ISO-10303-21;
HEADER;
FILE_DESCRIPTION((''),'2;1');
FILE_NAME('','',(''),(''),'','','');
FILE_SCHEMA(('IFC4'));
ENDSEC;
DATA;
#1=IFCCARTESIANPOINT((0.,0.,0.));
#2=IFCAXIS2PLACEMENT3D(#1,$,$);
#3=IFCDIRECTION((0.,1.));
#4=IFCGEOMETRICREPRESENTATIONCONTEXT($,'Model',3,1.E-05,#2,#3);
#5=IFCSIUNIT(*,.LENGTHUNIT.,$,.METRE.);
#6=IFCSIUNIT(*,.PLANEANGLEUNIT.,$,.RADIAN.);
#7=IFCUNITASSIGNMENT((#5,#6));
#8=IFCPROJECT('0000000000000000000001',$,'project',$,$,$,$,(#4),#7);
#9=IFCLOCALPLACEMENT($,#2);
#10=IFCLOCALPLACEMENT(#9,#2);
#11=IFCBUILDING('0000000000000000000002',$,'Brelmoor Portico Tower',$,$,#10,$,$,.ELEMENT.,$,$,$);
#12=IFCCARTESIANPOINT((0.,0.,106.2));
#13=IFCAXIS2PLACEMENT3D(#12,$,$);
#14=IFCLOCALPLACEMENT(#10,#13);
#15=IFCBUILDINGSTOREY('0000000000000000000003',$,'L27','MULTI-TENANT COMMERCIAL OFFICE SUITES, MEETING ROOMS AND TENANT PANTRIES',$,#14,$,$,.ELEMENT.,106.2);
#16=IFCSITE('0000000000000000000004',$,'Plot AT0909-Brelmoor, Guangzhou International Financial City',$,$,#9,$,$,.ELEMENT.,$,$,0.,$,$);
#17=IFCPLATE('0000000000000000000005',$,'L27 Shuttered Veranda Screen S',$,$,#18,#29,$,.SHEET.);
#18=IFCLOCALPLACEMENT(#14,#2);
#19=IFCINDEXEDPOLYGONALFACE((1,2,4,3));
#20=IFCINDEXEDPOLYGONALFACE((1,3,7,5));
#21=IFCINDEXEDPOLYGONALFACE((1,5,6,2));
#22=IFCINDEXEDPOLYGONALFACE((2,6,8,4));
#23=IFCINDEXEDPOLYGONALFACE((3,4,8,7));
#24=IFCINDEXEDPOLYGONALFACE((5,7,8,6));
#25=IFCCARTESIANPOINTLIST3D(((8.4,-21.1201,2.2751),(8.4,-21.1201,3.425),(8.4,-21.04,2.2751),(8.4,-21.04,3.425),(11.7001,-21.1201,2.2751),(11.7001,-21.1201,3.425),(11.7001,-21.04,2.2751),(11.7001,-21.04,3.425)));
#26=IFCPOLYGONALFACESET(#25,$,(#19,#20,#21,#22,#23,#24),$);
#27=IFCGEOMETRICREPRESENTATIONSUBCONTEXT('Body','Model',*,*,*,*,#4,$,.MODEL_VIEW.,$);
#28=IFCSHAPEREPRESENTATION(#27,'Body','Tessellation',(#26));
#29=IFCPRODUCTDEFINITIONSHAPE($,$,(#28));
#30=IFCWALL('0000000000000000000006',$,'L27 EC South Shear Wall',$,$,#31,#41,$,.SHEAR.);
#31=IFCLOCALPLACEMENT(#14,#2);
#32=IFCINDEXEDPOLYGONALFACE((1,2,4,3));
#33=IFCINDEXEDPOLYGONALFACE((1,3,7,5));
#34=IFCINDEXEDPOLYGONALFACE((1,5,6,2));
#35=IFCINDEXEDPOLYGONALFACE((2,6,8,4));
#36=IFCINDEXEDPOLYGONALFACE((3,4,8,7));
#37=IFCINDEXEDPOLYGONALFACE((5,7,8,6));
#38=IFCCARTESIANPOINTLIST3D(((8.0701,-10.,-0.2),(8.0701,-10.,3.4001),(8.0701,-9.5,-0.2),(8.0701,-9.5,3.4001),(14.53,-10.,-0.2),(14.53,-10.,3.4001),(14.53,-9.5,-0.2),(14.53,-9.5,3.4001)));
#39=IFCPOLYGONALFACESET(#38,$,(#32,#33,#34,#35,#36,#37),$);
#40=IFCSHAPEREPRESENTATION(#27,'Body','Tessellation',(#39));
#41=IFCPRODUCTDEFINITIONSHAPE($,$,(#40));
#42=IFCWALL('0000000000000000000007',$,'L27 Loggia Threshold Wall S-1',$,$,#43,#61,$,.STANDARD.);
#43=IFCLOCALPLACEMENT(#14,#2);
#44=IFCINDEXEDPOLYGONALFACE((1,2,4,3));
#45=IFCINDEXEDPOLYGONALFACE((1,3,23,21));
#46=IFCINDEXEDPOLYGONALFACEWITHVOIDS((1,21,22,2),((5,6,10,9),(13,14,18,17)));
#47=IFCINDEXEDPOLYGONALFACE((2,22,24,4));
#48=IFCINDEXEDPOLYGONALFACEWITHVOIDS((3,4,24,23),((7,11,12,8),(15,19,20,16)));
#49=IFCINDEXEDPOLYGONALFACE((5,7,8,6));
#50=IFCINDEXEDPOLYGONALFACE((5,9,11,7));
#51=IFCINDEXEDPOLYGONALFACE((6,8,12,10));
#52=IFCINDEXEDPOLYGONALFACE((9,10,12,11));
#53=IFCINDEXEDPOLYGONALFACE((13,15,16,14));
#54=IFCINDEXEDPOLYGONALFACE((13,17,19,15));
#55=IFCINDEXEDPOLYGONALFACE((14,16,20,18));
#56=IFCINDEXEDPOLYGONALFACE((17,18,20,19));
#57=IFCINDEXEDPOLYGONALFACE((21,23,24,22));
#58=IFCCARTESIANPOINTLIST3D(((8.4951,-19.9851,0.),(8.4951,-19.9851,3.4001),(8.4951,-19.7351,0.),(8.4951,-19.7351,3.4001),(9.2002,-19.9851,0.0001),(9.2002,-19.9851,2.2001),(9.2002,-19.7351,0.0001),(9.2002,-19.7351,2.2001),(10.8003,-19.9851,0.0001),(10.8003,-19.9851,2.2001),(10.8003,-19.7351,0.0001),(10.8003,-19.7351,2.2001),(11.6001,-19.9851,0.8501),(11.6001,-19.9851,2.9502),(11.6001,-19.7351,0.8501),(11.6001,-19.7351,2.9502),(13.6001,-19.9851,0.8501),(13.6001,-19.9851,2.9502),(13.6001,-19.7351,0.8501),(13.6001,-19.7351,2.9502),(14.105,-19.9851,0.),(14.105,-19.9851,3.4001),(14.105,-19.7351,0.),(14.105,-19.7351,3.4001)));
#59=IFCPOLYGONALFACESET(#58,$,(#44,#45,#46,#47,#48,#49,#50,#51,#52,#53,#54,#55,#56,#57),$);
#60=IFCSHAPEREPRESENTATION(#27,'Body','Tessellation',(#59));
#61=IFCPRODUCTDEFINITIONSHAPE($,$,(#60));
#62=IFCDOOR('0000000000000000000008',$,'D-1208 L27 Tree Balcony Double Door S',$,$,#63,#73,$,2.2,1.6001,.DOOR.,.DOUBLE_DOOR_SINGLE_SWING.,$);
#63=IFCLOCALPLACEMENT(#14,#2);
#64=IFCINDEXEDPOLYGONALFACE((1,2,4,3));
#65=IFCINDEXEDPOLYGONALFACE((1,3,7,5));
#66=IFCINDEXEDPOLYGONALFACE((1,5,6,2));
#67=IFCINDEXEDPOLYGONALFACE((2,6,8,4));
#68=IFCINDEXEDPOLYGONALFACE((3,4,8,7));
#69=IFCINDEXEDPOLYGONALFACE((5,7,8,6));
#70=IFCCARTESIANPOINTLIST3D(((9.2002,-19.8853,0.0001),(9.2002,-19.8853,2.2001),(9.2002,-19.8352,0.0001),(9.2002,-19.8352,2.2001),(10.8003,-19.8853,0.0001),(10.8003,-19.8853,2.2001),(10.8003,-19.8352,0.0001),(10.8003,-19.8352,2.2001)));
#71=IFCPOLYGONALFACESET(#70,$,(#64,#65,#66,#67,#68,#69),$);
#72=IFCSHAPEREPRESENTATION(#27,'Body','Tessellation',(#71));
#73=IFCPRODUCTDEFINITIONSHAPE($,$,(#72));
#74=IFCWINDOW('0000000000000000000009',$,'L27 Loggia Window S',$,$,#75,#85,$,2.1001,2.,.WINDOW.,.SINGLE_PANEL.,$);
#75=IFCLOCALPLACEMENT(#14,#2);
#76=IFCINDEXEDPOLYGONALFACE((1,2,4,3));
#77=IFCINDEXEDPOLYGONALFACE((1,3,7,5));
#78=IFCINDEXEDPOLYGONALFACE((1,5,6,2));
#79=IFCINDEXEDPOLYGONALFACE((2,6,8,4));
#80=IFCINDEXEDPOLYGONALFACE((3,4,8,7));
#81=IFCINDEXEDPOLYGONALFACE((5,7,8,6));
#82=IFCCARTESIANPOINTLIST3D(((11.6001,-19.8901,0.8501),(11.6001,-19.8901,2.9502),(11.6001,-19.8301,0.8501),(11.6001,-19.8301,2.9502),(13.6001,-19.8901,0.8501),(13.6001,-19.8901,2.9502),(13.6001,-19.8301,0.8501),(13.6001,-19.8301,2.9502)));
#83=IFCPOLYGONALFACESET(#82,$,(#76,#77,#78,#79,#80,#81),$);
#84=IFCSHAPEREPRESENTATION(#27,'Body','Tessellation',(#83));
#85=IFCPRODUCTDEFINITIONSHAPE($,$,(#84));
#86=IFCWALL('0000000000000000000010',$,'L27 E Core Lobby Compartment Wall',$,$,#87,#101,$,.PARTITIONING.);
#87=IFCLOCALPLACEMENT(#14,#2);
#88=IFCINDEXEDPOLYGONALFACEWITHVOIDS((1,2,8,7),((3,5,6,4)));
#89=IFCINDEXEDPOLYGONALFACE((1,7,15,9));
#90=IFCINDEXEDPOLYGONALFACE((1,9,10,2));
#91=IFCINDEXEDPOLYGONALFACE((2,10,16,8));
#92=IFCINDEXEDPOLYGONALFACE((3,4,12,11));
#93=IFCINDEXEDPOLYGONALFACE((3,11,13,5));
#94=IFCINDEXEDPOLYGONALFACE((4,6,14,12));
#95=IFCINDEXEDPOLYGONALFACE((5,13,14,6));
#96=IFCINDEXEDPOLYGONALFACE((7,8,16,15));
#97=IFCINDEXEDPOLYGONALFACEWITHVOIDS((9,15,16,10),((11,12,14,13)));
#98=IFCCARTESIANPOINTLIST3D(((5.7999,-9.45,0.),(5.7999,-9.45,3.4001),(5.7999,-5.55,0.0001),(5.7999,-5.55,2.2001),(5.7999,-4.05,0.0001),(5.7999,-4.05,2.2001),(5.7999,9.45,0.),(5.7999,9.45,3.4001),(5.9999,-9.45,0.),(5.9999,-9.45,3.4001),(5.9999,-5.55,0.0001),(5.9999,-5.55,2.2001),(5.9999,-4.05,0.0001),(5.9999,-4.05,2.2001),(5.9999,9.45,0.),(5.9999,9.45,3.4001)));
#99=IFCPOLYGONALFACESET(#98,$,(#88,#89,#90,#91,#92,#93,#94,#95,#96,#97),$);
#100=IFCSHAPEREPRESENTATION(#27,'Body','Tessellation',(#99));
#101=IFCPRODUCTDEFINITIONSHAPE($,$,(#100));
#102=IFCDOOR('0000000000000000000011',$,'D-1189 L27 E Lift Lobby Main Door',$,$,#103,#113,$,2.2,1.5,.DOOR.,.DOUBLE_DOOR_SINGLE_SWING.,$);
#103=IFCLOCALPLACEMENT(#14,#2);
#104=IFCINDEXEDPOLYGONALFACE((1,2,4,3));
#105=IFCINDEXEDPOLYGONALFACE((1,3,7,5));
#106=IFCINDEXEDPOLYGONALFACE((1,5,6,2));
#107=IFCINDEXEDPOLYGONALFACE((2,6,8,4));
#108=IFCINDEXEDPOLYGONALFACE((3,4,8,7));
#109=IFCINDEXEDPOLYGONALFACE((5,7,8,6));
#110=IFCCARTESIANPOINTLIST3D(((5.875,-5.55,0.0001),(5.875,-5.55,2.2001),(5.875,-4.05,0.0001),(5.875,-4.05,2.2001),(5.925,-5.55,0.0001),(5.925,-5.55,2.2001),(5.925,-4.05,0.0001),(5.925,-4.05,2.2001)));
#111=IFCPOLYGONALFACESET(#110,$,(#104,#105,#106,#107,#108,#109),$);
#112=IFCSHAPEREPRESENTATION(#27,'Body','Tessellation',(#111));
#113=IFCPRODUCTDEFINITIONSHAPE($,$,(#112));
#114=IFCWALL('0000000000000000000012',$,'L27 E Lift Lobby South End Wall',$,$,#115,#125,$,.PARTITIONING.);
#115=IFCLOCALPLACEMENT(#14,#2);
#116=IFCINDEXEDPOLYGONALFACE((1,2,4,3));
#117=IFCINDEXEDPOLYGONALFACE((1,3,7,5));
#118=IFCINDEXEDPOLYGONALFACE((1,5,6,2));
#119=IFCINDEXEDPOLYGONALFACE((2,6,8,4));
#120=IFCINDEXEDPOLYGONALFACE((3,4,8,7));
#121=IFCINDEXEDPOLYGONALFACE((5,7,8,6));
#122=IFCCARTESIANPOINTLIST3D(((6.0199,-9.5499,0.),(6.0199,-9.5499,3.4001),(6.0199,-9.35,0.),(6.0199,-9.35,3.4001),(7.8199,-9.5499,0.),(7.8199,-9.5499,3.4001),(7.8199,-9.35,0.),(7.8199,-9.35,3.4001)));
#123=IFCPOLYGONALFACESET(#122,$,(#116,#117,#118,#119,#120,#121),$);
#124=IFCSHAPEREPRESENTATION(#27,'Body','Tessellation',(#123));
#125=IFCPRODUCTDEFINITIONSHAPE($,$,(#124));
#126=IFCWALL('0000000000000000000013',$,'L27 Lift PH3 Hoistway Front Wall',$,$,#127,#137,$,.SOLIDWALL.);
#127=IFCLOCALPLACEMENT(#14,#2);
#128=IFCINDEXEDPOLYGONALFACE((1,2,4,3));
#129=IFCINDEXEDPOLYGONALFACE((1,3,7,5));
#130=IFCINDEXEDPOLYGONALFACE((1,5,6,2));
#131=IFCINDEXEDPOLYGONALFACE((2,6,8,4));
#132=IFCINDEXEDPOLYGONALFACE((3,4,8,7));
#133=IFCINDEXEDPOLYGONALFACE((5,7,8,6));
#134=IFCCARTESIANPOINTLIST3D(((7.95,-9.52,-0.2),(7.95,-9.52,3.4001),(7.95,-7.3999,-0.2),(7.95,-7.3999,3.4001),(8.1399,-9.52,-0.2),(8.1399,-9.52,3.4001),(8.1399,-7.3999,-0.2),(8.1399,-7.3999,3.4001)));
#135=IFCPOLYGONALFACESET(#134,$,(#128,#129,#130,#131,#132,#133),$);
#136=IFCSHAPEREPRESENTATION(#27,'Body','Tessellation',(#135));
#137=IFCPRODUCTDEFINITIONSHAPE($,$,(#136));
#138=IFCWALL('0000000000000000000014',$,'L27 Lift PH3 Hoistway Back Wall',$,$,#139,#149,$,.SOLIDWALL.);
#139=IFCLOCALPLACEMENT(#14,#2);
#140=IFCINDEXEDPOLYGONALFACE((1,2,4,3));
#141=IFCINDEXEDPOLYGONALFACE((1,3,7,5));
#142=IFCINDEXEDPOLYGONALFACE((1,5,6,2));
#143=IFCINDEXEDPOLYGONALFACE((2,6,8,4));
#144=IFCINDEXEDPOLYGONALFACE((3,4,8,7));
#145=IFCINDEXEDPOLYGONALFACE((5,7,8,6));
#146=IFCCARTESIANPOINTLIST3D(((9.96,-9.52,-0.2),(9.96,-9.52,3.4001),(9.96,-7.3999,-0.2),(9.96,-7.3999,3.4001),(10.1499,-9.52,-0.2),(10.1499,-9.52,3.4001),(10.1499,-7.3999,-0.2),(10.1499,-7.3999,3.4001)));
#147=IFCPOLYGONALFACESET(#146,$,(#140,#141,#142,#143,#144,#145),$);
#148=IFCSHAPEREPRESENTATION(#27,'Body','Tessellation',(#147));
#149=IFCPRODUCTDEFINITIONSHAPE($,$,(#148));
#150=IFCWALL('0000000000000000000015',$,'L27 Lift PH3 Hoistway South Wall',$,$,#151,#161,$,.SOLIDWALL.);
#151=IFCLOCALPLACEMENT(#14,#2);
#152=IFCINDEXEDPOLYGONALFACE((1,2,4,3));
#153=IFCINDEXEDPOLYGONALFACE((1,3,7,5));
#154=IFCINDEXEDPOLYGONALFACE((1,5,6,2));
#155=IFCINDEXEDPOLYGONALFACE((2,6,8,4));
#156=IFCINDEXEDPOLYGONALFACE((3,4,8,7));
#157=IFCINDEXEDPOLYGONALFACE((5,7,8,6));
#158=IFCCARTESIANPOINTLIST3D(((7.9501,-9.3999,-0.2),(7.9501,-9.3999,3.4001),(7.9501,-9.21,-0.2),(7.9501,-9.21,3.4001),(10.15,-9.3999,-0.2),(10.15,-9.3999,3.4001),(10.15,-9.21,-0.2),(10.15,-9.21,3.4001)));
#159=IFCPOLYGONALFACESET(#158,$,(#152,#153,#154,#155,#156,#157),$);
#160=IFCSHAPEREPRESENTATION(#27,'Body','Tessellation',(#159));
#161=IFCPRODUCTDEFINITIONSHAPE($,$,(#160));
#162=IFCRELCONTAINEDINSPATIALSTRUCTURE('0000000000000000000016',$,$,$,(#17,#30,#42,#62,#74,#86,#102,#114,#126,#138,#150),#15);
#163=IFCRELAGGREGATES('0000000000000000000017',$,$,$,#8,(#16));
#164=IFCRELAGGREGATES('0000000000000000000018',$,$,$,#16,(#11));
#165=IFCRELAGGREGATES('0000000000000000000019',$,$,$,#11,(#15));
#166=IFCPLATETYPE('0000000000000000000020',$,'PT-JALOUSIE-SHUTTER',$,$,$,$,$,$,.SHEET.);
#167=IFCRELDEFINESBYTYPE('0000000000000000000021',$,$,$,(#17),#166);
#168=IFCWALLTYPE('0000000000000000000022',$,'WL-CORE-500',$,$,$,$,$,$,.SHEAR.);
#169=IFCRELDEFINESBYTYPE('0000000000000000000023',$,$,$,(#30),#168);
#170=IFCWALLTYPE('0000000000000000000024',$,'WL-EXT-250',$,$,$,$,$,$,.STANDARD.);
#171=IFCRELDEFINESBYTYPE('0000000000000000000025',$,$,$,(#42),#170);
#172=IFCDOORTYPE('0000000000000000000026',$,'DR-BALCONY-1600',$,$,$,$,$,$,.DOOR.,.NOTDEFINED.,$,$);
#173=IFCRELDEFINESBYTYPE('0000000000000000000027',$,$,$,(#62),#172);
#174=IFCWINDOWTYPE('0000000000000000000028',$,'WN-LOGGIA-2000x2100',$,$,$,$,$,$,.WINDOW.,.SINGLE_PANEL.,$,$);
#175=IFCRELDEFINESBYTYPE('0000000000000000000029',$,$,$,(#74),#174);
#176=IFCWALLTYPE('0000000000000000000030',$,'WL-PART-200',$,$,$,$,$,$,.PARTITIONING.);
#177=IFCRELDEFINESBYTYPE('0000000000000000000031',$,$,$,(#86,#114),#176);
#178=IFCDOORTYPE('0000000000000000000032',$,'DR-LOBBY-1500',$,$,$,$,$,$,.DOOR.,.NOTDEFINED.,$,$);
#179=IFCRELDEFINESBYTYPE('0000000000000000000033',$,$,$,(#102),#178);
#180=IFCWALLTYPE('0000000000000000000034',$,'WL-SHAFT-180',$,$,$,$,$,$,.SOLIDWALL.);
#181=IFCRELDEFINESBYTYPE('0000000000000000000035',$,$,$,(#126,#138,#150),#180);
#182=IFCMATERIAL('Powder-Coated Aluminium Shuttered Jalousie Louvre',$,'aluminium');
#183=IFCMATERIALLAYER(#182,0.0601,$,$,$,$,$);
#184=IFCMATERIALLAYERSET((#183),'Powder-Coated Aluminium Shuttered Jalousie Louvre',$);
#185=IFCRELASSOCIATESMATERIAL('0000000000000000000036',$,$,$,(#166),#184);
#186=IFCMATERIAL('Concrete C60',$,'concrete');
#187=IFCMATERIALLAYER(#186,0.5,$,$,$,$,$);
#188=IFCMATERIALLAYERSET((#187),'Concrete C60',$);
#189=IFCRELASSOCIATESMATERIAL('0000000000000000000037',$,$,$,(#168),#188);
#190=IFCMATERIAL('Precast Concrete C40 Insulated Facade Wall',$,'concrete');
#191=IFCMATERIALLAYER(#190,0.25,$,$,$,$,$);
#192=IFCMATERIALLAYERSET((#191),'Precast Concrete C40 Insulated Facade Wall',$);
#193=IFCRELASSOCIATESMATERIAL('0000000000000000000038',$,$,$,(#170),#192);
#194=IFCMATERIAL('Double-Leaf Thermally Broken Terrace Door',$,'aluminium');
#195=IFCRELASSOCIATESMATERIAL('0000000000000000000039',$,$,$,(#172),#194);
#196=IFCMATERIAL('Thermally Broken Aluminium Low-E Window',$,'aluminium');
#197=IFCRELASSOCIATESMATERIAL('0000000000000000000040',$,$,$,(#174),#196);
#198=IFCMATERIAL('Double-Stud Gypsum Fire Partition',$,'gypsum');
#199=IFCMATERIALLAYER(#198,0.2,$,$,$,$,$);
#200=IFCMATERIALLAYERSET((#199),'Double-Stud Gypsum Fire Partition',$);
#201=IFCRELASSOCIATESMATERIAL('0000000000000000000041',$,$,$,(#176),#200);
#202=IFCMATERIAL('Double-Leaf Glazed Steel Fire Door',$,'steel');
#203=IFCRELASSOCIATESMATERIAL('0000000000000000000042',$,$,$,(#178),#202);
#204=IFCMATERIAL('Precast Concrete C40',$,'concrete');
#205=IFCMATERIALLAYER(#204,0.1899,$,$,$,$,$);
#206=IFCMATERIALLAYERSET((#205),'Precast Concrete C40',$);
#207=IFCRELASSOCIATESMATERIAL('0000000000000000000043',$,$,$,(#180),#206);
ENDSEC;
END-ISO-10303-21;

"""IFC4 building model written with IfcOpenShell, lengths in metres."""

from ifc_helpers import new_model, si_unit, direction, frame, frame_2d, origin, origin_2d, place, context, subcontext, project, spatial, rectangle, extrude, material, layer, layer_set, type_object, element, fill, save


model = new_model("IFC4")

# Units and contexts
model_context = context("Model", 3, precision=1e-05, world=origin(), true_north=direction((0.0, 1.0)))
body_context = subcontext(model_context, "Body", "Model", "MODEL_VIEW")
ifc_project = project(units=[si_unit("LENGTHUNIT", "METRE"), si_unit("PLANEANGLEUNIT", "RADIAN")], contexts=[model_context])

# Site, building, storey
site_placement = place(None, origin())
site = spatial("IfcSite", under=ifc_project, at=site_placement, Name="Plot AT0909-Brelmoor, Guangzhou International Financial City", CompositionType="ELEMENT", RefElevation=0.0)
building_placement = place(site_placement, origin())
building = spatial("IfcBuilding", under=site, at=building_placement, Name="Brelmoor Portico Tower", CompositionType="ELEMENT")
storey_placement = place(building_placement, frame((0.0, 0.0, 106.2)))
storey = spatial("IfcBuildingStorey", under=building, at=storey_placement, Name="L27", Description="MULTI-TENANT COMMERCIAL OFFICE SUITES, MEETING ROOMS AND TENANT PANTRIES", CompositionType="ELEMENT", Elevation=106.2)

# Plate
ifc_material_1 = material(Name="Powder-Coated Aluminium Shuttered Jalousie Louvre", Category="aluminium")
ifc_layer_1 = layer(ifc_material_1, 0.0601)
ifc_layer_set_1 = layer_set([ifc_layer_1], Name="Powder-Coated Aluminium Shuttered Jalousie Louvre")
plate_type_1 = type_object("IfcPlateType", Name="PT-JALOUSIE-SHUTTER", PredefinedType="SHEET", material=ifc_layer_set_1)
plate_1_placement = place(storey_placement, frame((10.05, -21.0801, 2.2751), z_axis=(0.0, 0.0, 1.0), x_axis=(1.0, 0.0, 0.0)))
element("IfcPlate", 1, at=plate_1_placement, inside=storey, type_object=plate_type_1, Name="L27 Shuttered Veranda Screen S", PredefinedType="SHEET", context=body_context, shape_type="SweptSolid", body=[
    extrude(rectangle(XDim=3.3, YDim=0.0801, at=origin_2d()), origin(), (0.0, 0.0, 1.0), 1.1499),
])

# Wall
ifc_material_2 = material(Name="Concrete C60", Category="concrete")
ifc_layer_2 = layer(ifc_material_2, 0.5)
ifc_layer_set_2 = layer_set([ifc_layer_2], Name="Concrete C60")
wall_type_1 = type_object("IfcWallType", Name="WL-CORE-500", PredefinedType="SHEAR", material=ifc_layer_set_2)
wall_1_placement = place(storey_placement, frame((8.0701, -9.75, -0.2), z_axis=(0.0, 0.0, 1.0), x_axis=(1.0, 0.0, 0.0)))
element("IfcWall", 2, at=wall_1_placement, inside=storey, type_object=wall_type_1, Name="L27 EC South Shear Wall", PredefinedType="SHEAR", context=body_context, shape_type="SweptSolid", body=[
    extrude(rectangle(XDim=6.46, YDim=0.5, at=frame_2d((3.23, 0.0))), origin(), (0.0, 0.0, 1.0), 3.6001),
])

# Wall, openings, door, window
ifc_material_3 = material(Name="Precast Concrete C40 Insulated Facade Wall", Category="concrete")
ifc_layer_3 = layer(ifc_material_3, 0.25)
ifc_layer_set_3 = layer_set([ifc_layer_3], Name="Precast Concrete C40 Insulated Facade Wall")
wall_type_2 = type_object("IfcWallType", Name="WL-EXT-250", PredefinedType="STANDARD", material=ifc_layer_set_3)
wall_2_placement = place(storey_placement, frame((8.4951, -19.8601, 0.0), z_axis=(0.0, 0.0, 1.0), x_axis=(1.0, 0.0, 0.0)))
wall_2 = element("IfcWall", 3, at=wall_2_placement, inside=storey, type_object=wall_type_2, Name="L27 Loggia Threshold Wall S-1", PredefinedType="STANDARD", context=body_context, shape_type="SweptSolid", body=[
    extrude(rectangle(XDim=5.6099, YDim=0.25, at=frame_2d((2.8049, 0.0))), origin(), (0.0, 0.0, 1.0), 3.4001),
])
opening_1_placement = place(wall_2_placement, frame((0.7051, 0.0, 0.0)))
opening_1 = element("IfcOpeningElement", 4, at=opening_1_placement, cuts=wall_2, PredefinedType="OPENING", context=body_context, shape_type="SweptSolid", body=[
    extrude(rectangle(XDim=1.6001, YDim=2.2, at=frame_2d((0.8, 1.1001))), frame((0.0, 0.135, 0.0), z_axis=(0.0, -1.0, 0.0), x_axis=(1.0, 0.0, 0.0)), (0.0, 0.0, 1.0), 0.27),
])
opening_2_placement = place(wall_2_placement, frame((3.105, 0.0, 0.8501)))
opening_2 = element("IfcOpeningElement", 5, at=opening_2_placement, cuts=wall_2, PredefinedType="OPENING", context=body_context, shape_type="SweptSolid", body=[
    extrude(rectangle(XDim=2.0, YDim=2.1001, at=frame_2d((1.0, 1.05))), frame((0.0, 0.135, 0.0), z_axis=(0.0, -1.0, 0.0), x_axis=(1.0, 0.0, 0.0)), (0.0, 0.0, 1.0), 0.27),
])
ifc_material_4 = material(Name="Double-Leaf Thermally Broken Terrace Door", Category="aluminium")
door_type_1 = type_object("IfcDoorType", Name="DR-BALCONY-1600", OperationType="NOTDEFINED", PredefinedType="DOOR", material=ifc_material_4)
door_1_placement = place(opening_1_placement, origin())
door_1 = element("IfcDoor", 6, at=door_1_placement, inside=storey, type_object=door_type_1, Name="D-1208 L27 Tree Balcony Double Door S", OperationType="DOUBLE_DOOR_SINGLE_SWING", OverallHeight=2.2, OverallWidth=1.6001, PredefinedType="DOOR", context=body_context, shape_type="SweptSolid", body=[
    extrude(rectangle(XDim=1.6001, YDim=2.2, at=frame_2d((0.8, 1.1001))), frame((0.0, 0.0249, 0.0), z_axis=(0.0, -1.0, 0.0), x_axis=(1.0, 0.0, 0.0)), (0.0, 0.0, 1.0), 0.05),
])
fill(opening_1, door_1)
ifc_material_5 = material(Name="Thermally Broken Aluminium Low-E Window", Category="aluminium")
window_type = type_object("IfcWindowType", Name="WN-LOGGIA-2000x2100", PartitioningType="SINGLE_PANEL", PredefinedType="WINDOW", material=ifc_material_5)
window_placement = place(opening_2_placement, origin())
window = element("IfcWindow", 7, at=window_placement, inside=storey, type_object=window_type, Name="L27 Loggia Window S", OverallHeight=2.1001, OverallWidth=2.0, PartitioningType="SINGLE_PANEL", PredefinedType="WINDOW", context=body_context, shape_type="SweptSolid", body=[
    extrude(rectangle(XDim=2.0, YDim=2.1001, at=frame_2d((1.0, 1.05))), frame((0.0, 0.03, 0.0), z_axis=(0.0, -1.0, 0.0), x_axis=(1.0, 0.0, 0.0)), (0.0, 0.0, 1.0), 0.0601),
])
fill(opening_2, window)

# Wall, opening, door
ifc_material_6 = material(Name="Double-Stud Gypsum Fire Partition", Category="gypsum")
ifc_layer_4 = layer(ifc_material_6, 0.2)
ifc_layer_set_4 = layer_set([ifc_layer_4], Name="Double-Stud Gypsum Fire Partition")
wall_type_3 = type_object("IfcWallType", Name="WL-PART-200", PredefinedType="PARTITIONING", material=ifc_layer_set_4)
wall_3_placement = place(storey_placement, frame((5.8999, -9.45, 0.0), z_axis=(0.0, 0.0, 1.0), x_axis=(0.0, 1.0, 0.0)))
wall_3 = element("IfcWall", 8, at=wall_3_placement, inside=storey, type_object=wall_type_3, Name="L27 E Core Lobby Compartment Wall", PredefinedType="PARTITIONING", context=body_context, shape_type="SweptSolid", body=[
    extrude(rectangle(XDim=18.8999, YDim=0.2, at=frame_2d((9.45, 0.0))), origin(), (0.0, 0.0, 1.0), 3.4001),
])
opening_3_placement = place(wall_3_placement, frame((3.8999, 0.0, 0.0)))
opening_3 = element("IfcOpeningElement", 9, at=opening_3_placement, cuts=wall_3, PredefinedType="OPENING", context=body_context, shape_type="SweptSolid", body=[
    extrude(rectangle(XDim=1.5, YDim=2.2, at=frame_2d((0.75, 1.1001))), frame((0.0, 0.1099, 0.0), z_axis=(0.0, -1.0, 0.0), x_axis=(1.0, 0.0, 0.0)), (0.0, 0.0, 1.0), 0.22),
])
ifc_material_7 = material(Name="Double-Leaf Glazed Steel Fire Door", Category="steel")
door_type_2 = type_object("IfcDoorType", Name="DR-LOBBY-1500", OperationType="NOTDEFINED", PredefinedType="DOOR", material=ifc_material_7)
door_2_placement = place(opening_3_placement, origin())
door_2 = element("IfcDoor", 10, at=door_2_placement, inside=storey, type_object=door_type_2, Name="D-1189 L27 E Lift Lobby Main Door", OperationType="DOUBLE_DOOR_SINGLE_SWING", OverallHeight=2.2, OverallWidth=1.5, PredefinedType="DOOR", context=body_context, shape_type="SweptSolid", body=[
    extrude(rectangle(XDim=1.5, YDim=2.2, at=frame_2d((0.75, 1.1001))), frame((0.0, 0.0249, 0.0), z_axis=(0.0, -1.0, 0.0), x_axis=(1.0, 0.0, 0.0)), (0.0, 0.0, 1.0), 0.05),
])
fill(opening_3, door_2)

# Walls
wall_4_placement = place(storey_placement, frame((6.02, -9.45, 0.0), z_axis=(0.0, 0.0, 1.0), x_axis=(1.0, 0.0, 0.0)))
element("IfcWall", 11, at=wall_4_placement, inside=storey, type_object=wall_type_3, Name="L27 E Lift Lobby South End Wall", PredefinedType="PARTITIONING", context=body_context, shape_type="SweptSolid", body=[
    extrude(rectangle(XDim=1.8, YDim=0.2, at=frame_2d((0.8999, 0.0))), origin(), (0.0, 0.0, 1.0), 3.4001),
])
ifc_material_8 = material(Name="Precast Concrete C40", Category="concrete")
ifc_layer_5 = layer(ifc_material_8, 0.1899)
ifc_layer_set_5 = layer_set([ifc_layer_5], Name="Precast Concrete C40")
wall_type_4 = type_object("IfcWallType", Name="WL-SHAFT-180", PredefinedType="SOLIDWALL", material=ifc_layer_set_5)
for number, where, z_axis, x_axis, name in (
    (12, (8.0449, -9.52, -0.2), (0.0, 0.0, 1.0), (0.0, 1.0, 0.0), "L27 Lift PH3 Hoistway Front Wall"),
    (13, (10.0549, -9.52, -0.2), (0.0, 0.0, 1.0), (0.0, 1.0, 0.0), "L27 Lift PH3 Hoistway Back Wall"),
):
    element("IfcWall", number, at=place(storey_placement, frame(where, z_axis=z_axis, x_axis=x_axis)), inside=storey, type_object=wall_type_4, Name=name, PredefinedType="SOLIDWALL", context=body_context, shape_type="SweptSolid", body=[
        extrude(rectangle(XDim=2.1201, YDim=0.1899, at=frame_2d((1.0601, 0.0))), origin(), (0.0, 0.0, 1.0), 3.6001),
    ])
wall_5_placement = place(storey_placement, frame((7.95, -9.3049, -0.2), z_axis=(0.0, 0.0, 1.0), x_axis=(1.0, 0.0, 0.0)))
element("IfcWall", 14, at=wall_5_placement, inside=storey, type_object=wall_type_4, Name="L27 Lift PH3 Hoistway South Wall", PredefinedType="SOLIDWALL", context=body_context, shape_type="SweptSolid", body=[
    extrude(rectangle(XDim=2.2, YDim=0.1899, at=frame_2d((1.1001, 0.0))), origin(), (0.0, 0.0, 1.0), 3.6001),
])

save(model, "model.ifc")
